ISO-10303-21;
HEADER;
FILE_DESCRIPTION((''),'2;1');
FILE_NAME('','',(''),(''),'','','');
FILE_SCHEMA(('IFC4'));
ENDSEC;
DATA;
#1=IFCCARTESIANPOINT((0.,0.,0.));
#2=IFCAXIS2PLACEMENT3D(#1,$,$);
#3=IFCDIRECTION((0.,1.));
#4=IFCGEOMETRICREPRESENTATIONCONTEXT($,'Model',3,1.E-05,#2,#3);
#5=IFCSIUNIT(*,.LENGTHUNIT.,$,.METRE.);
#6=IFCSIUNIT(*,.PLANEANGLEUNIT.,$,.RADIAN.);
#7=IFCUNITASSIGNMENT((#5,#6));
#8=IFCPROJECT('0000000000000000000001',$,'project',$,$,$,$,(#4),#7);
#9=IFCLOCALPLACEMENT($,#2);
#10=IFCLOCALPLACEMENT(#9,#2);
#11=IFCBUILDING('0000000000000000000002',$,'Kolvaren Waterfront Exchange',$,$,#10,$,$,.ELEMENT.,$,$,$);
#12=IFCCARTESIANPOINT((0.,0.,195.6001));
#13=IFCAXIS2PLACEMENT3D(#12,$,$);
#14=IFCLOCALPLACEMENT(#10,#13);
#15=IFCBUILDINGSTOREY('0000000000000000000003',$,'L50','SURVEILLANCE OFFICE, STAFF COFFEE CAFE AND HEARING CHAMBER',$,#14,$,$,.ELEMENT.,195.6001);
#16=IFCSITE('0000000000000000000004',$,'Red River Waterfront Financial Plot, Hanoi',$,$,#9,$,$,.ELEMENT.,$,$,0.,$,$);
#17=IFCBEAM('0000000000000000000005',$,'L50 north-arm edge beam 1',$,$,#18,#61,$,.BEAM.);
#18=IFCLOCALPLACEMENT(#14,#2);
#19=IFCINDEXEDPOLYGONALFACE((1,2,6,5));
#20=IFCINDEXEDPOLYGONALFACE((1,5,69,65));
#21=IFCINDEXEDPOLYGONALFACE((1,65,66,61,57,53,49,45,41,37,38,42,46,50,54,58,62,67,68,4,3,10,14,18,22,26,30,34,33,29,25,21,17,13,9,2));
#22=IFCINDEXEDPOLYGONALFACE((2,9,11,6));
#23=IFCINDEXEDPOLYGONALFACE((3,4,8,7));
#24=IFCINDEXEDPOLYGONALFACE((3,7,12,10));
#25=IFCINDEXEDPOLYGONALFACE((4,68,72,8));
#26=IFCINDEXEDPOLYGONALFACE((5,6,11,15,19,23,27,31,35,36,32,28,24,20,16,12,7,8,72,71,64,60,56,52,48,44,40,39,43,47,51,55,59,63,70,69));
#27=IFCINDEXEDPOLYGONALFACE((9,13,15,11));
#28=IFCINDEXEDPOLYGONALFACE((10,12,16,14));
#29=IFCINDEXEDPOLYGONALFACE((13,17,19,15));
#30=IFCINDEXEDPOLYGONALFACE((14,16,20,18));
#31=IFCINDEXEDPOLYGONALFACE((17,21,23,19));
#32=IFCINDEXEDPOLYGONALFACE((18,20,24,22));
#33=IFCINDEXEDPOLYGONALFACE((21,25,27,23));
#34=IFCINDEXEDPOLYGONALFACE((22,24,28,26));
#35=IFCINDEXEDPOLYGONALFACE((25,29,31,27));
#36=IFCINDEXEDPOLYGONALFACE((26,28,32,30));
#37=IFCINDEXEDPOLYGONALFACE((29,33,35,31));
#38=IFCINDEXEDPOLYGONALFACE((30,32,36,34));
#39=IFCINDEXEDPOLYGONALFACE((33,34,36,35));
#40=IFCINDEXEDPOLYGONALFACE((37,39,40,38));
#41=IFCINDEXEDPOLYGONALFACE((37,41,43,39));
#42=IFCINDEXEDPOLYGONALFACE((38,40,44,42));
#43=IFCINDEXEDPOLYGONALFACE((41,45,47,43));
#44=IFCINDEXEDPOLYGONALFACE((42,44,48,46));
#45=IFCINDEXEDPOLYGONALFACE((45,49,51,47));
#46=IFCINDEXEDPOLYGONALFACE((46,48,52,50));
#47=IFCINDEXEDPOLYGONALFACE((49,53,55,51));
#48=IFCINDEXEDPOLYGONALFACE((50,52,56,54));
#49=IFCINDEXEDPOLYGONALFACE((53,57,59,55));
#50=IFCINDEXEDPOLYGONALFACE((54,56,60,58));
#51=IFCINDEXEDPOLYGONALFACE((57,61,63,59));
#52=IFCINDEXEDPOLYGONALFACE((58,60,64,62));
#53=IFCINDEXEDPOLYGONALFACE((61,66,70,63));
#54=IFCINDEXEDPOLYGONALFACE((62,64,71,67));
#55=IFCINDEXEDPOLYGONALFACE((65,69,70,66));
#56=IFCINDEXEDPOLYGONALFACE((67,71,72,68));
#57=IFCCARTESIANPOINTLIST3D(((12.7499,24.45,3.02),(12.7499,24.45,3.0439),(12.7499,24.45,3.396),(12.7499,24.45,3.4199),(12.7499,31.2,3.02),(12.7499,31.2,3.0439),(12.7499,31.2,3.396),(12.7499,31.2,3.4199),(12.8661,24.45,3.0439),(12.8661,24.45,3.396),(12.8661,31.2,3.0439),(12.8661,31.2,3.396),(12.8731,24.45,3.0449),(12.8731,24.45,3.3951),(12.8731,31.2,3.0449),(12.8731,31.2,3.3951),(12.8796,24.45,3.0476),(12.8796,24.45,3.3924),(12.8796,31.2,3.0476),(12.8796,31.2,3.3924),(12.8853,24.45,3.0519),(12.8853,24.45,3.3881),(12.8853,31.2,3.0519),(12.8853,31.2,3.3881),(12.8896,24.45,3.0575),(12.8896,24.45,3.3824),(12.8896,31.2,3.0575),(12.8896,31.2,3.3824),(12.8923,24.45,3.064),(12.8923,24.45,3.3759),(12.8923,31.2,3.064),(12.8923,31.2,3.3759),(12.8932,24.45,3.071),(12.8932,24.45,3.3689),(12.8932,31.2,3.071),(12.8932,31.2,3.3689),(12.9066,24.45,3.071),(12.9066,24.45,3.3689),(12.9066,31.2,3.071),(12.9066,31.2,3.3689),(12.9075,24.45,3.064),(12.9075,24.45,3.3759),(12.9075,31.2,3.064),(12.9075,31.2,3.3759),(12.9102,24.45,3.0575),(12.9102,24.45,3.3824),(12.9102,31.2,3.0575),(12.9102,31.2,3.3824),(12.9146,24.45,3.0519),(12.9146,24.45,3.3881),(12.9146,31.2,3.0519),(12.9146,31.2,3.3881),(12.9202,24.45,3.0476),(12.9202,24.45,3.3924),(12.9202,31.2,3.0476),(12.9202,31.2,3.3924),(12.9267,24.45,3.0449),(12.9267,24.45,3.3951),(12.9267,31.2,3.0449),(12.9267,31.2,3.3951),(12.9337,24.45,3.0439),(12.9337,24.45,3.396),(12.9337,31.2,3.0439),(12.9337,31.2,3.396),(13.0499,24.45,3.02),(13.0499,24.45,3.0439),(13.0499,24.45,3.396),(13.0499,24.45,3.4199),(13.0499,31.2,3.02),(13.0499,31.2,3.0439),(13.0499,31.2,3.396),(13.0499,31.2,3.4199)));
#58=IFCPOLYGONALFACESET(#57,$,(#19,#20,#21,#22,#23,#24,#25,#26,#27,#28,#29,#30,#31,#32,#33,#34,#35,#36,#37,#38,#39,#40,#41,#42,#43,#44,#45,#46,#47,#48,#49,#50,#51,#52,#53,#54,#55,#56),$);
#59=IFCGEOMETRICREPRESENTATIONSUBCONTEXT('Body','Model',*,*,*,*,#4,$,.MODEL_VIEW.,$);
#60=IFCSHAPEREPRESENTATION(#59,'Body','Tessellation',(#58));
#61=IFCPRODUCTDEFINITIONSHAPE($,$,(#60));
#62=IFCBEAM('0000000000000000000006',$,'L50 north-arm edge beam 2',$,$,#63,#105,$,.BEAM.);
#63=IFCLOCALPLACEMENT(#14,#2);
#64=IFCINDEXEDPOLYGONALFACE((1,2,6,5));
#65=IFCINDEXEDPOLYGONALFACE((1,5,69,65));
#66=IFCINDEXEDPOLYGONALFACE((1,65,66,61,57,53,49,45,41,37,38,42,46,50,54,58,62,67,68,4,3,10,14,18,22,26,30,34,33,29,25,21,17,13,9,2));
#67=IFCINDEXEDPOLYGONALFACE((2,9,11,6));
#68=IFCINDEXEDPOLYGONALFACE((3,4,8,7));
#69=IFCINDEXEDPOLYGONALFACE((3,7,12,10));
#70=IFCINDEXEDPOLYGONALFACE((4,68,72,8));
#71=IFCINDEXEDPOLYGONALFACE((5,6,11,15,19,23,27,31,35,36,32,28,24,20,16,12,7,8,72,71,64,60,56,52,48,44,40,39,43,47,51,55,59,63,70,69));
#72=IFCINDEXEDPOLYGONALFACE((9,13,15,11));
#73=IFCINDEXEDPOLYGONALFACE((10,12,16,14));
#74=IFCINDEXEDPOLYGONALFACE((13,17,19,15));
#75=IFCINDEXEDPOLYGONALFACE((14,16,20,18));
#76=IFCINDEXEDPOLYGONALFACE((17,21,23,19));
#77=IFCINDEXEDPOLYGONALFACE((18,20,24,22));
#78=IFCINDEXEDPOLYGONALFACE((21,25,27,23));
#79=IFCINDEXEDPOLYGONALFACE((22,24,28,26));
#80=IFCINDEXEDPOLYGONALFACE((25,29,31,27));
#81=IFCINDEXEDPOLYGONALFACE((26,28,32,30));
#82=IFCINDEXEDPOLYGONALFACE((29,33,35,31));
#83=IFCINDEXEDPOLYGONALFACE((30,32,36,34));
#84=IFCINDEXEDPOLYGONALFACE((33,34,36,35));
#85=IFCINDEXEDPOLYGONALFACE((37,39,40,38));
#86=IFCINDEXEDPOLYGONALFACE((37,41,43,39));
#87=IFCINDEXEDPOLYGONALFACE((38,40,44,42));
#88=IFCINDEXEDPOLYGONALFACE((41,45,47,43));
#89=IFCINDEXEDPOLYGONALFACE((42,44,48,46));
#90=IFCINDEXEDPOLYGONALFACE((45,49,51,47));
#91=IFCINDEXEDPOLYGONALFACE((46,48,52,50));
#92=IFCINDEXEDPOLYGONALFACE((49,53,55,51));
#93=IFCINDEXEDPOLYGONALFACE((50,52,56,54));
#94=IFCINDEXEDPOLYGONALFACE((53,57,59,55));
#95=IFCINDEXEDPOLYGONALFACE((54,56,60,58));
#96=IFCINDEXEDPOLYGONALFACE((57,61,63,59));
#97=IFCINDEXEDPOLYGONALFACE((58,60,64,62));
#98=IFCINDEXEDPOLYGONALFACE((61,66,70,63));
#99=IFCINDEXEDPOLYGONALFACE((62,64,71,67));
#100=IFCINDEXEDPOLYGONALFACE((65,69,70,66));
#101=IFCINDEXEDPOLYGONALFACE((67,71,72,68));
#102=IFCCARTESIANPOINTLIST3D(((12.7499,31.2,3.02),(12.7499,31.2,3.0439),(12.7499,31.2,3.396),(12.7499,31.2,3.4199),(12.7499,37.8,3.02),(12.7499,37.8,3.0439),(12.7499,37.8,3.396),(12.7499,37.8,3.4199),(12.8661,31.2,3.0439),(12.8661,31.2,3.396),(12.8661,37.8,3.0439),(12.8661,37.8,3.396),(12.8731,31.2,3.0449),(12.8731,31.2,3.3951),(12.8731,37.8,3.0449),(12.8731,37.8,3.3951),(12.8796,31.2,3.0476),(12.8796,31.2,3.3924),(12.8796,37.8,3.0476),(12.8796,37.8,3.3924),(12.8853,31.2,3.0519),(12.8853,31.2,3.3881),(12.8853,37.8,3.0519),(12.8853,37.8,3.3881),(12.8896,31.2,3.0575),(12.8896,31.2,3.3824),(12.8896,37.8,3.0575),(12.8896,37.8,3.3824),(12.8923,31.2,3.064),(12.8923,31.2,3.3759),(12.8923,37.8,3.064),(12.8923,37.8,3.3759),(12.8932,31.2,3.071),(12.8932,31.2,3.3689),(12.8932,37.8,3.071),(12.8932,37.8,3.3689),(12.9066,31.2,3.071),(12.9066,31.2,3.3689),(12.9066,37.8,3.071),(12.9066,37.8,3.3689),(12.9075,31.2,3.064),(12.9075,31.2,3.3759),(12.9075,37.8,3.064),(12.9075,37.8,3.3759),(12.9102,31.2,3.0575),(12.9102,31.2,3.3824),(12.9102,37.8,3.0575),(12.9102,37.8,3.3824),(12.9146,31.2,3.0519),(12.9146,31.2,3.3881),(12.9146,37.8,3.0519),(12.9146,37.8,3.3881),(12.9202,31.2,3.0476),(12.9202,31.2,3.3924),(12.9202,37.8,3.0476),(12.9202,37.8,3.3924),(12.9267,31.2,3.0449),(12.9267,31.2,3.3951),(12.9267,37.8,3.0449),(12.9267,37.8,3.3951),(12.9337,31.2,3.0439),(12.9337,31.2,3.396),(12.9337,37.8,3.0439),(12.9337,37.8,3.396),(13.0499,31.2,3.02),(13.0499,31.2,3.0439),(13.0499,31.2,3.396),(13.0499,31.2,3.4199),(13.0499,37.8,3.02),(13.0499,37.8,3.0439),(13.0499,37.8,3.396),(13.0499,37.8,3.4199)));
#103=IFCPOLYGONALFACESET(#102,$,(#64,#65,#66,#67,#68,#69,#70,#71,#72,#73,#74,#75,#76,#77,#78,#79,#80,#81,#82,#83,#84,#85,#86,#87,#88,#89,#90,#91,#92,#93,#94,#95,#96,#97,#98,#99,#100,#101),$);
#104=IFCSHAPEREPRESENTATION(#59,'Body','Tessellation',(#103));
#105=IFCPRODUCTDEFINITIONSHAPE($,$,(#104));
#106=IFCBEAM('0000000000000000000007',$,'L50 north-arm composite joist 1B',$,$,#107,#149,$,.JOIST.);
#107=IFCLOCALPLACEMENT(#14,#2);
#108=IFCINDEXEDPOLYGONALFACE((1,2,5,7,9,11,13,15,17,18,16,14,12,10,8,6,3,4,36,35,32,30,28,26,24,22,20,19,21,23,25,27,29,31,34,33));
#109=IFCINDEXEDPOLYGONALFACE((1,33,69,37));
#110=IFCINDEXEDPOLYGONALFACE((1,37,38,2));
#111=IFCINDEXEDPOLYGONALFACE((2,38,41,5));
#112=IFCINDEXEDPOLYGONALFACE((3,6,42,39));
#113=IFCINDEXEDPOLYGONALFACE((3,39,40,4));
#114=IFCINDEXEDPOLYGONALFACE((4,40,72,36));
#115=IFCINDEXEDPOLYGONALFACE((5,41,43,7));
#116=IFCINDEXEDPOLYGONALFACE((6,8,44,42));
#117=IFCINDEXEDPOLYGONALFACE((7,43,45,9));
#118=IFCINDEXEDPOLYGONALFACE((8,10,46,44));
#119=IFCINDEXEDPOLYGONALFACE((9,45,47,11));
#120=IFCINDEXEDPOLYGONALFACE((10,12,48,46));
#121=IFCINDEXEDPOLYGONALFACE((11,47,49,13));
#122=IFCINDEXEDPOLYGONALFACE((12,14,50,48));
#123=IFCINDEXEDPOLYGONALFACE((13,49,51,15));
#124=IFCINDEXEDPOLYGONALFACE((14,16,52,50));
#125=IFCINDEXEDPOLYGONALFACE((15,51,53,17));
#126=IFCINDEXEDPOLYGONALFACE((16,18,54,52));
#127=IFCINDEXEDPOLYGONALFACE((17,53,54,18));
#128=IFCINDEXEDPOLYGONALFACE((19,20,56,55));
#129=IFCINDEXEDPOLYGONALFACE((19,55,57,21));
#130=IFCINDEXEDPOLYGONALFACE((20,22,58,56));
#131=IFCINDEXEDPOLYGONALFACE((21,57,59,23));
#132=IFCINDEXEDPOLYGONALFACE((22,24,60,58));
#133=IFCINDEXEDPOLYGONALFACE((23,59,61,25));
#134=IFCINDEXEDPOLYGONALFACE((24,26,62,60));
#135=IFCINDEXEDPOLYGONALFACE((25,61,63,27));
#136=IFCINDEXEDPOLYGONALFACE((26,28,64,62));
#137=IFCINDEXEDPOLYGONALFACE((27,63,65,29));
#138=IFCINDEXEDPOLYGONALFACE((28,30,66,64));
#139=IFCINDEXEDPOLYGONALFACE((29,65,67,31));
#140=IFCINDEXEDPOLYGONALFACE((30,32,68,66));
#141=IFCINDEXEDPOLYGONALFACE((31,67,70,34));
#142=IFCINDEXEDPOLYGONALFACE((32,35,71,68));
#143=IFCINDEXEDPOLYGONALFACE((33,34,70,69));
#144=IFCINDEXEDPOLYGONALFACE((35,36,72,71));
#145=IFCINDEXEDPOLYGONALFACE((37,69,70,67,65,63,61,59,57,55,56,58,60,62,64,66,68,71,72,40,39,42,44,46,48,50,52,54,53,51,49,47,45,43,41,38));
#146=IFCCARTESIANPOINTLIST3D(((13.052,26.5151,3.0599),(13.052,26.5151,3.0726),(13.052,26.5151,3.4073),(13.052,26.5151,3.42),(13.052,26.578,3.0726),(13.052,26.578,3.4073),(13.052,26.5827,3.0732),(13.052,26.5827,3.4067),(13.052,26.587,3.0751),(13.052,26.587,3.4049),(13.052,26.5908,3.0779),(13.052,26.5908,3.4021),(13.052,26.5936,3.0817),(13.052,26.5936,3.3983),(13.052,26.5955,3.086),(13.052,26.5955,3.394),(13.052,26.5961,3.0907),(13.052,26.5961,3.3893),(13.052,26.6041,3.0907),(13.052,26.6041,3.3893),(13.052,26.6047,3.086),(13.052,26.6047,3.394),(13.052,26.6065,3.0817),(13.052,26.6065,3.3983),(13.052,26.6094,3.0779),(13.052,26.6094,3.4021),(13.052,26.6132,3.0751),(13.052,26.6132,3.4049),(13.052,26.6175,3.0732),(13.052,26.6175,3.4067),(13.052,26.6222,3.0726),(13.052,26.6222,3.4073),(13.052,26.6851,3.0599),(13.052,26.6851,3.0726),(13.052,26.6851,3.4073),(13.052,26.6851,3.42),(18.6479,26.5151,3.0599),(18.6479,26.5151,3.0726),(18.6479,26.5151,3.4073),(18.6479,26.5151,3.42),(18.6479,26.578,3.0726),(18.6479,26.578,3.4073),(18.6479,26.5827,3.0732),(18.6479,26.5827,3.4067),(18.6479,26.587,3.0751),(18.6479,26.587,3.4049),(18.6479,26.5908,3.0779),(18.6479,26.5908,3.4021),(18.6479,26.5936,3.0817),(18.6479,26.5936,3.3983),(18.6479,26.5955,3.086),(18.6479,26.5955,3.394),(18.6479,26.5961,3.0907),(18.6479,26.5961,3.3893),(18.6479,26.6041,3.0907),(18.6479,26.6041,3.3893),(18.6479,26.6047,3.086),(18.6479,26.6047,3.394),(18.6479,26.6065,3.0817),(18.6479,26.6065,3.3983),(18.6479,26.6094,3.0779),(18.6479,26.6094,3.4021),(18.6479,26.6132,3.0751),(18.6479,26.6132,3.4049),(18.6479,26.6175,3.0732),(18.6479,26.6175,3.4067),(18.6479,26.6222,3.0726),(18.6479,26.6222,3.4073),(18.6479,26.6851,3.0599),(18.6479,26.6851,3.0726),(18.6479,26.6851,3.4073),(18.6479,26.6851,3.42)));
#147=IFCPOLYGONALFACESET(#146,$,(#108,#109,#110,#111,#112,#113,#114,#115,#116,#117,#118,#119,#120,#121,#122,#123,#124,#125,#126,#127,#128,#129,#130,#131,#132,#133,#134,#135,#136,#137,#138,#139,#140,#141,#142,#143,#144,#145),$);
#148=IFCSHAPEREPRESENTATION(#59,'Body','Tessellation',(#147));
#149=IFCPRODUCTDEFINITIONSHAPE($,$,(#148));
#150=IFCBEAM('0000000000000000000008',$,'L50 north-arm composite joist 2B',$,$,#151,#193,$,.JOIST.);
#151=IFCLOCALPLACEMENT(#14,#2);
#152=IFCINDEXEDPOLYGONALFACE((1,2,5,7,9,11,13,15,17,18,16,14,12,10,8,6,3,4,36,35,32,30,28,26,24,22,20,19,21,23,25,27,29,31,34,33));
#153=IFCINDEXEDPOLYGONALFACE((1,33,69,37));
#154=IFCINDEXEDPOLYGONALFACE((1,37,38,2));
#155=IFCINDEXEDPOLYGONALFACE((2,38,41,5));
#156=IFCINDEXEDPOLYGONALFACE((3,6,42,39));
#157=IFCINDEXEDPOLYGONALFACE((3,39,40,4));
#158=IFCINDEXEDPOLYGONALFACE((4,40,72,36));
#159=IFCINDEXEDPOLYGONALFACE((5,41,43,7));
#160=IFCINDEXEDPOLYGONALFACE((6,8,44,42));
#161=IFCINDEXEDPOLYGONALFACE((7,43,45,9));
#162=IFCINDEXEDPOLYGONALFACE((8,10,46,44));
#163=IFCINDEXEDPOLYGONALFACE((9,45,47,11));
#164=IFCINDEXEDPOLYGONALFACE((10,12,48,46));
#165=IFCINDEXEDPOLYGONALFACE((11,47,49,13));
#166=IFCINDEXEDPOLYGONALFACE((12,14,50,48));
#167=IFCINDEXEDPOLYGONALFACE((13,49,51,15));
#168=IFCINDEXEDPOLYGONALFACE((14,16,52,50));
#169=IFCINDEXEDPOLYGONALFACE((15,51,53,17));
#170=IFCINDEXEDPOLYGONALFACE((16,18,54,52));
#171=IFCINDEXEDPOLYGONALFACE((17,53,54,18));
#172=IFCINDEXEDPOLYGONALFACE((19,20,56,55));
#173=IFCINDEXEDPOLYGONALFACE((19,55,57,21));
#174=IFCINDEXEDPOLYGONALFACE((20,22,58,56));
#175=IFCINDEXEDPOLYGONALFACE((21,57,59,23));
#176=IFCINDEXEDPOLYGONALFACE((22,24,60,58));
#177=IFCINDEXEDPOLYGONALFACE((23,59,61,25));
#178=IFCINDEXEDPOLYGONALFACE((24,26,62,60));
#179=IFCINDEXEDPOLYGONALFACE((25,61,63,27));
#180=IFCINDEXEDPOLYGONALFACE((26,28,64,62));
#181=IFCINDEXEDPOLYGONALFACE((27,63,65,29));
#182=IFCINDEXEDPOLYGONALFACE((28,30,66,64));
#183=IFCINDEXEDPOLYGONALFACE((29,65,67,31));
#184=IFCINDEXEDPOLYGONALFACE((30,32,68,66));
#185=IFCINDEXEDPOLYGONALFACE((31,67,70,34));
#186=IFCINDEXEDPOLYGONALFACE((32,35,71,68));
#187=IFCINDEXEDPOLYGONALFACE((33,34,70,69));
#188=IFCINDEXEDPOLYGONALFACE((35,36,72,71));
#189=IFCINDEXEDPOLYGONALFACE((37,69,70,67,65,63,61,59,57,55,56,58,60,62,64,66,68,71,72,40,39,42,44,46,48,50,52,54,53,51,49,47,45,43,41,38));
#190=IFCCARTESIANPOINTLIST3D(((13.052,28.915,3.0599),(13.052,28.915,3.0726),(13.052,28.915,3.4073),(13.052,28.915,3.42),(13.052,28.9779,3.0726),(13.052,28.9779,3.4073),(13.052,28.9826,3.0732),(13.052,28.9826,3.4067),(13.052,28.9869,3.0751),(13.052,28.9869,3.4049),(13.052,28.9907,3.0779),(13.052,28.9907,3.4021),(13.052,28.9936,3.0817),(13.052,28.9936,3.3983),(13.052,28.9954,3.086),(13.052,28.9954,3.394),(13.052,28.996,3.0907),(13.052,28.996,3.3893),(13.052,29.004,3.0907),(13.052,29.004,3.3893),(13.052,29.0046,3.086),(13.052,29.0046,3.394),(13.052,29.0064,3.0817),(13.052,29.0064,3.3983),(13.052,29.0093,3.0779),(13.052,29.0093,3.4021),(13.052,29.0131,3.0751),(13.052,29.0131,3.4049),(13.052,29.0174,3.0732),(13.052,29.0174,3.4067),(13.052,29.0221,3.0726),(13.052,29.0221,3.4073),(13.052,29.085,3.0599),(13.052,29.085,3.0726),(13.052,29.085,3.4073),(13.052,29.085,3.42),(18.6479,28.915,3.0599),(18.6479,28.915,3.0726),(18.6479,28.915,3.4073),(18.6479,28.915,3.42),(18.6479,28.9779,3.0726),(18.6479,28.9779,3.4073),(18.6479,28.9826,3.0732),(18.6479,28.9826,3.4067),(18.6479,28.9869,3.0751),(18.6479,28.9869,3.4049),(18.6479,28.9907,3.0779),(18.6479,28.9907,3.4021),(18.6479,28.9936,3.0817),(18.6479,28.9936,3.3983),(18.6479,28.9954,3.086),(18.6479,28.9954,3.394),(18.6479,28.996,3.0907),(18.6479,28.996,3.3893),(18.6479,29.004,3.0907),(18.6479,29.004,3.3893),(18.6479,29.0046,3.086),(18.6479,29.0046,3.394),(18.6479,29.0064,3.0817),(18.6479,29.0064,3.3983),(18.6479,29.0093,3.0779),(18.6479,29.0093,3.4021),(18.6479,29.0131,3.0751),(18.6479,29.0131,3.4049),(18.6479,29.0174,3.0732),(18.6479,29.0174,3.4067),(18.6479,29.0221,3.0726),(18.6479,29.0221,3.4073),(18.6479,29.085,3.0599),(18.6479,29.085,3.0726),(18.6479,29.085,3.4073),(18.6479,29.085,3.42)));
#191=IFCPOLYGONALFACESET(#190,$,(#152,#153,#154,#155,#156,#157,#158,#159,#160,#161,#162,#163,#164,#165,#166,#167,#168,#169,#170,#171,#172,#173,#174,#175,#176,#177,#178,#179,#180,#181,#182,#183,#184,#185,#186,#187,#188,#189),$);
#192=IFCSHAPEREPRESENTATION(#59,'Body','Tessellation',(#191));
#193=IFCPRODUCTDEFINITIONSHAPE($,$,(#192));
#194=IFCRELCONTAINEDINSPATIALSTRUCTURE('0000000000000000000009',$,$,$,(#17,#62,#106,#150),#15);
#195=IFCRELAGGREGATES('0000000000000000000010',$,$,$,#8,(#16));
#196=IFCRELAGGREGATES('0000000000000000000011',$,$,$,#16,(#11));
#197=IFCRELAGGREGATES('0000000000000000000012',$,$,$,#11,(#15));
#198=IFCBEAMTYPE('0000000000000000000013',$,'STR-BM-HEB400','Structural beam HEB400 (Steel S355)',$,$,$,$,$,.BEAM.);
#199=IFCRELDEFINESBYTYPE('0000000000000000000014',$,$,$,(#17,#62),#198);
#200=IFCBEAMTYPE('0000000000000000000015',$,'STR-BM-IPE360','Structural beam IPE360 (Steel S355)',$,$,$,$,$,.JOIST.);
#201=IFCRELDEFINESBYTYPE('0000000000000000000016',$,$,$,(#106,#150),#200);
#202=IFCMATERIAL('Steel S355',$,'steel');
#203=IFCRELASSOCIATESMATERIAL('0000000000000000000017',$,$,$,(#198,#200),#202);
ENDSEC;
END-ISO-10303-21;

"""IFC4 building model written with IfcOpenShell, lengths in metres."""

from ifc_helpers import new_model, si_unit, direction, frame, origin, origin_2d, place, context, subcontext, project, spatial, i_section, extrude, material, material_profile, profile_set, type_object, element, save


model = new_model("IFC4")

# Units and contexts
model_context = context("Model", 3, precision=1e-05, world=origin(), true_north=direction((0.0, 1.0)))
body_context = subcontext(model_context, "Body", "Model", "MODEL_VIEW")
ifc_project = project(units=[si_unit("LENGTHUNIT", "METRE"), si_unit("PLANEANGLEUNIT", "RADIAN")], contexts=[model_context])

# Site, building, storey
site_placement = place(None, origin())
site = spatial("IfcSite", under=ifc_project, at=site_placement, Name="Red River Waterfront Financial Plot, Hanoi", CompositionType="ELEMENT", RefElevation=0.0)
building_placement = place(site_placement, origin())
building = spatial("IfcBuilding", under=site, at=building_placement, Name="Kolvaren Waterfront Exchange", CompositionType="ELEMENT")
storey_placement = place(building_placement, frame((0.0, 0.0, 195.6001)))
storey = spatial("IfcBuildingStorey", under=building, at=storey_placement, Name="L50", Description="SURVEILLANCE OFFICE, STAFF COFFEE CAFE AND HEARING CHAMBER", CompositionType="ELEMENT", Elevation=195.6001)

# Beams
ifc_material_1 = material(Name="Steel S355", Category="steel")
ifc_material_profile_1 = material_profile(ifc_material_1, i_section(OverallWidth=0.3, OverallDepth=0.3999, WebThickness=0.0134, FlangeThickness=0.0239, FilletRadius=0.0271, at=origin_2d()), Name="HEB400")
ifc_profile_set_1 = profile_set([ifc_material_profile_1], Name="Steel S355")
beam_type_1 = type_object("IfcBeamType", Name="STR-BM-HEB400", Description="Structural beam HEB400 (Steel S355)", PredefinedType="BEAM", material=ifc_profile_set_1)
beam_1_placement = place(storey_placement, frame((12.8999, 24.45, 3.22), z_axis=(0.0, 1.0, 0.0), x_axis=(-1.0, 0.0, 0.0)))
element("IfcBeam", 1, at=beam_1_placement, inside=storey, type_object=beam_type_1, Name="L50 north-arm edge beam 1", PredefinedType="BEAM", context=body_context, shape_type="SweptSolid", body=[
    extrude(i_section(OverallWidth=0.3, OverallDepth=0.3999, WebThickness=0.0134, FlangeThickness=0.0239, FilletRadius=0.0271, at=origin_2d()), origin(), (0.0, 0.0, 1.0), 6.75),
])
beam_2_placement = place(storey_placement, frame((12.8999, 31.2, 3.22), z_axis=(0.0, 1.0, 0.0), x_axis=(-1.0, 0.0, 0.0)))
element("IfcBeam", 2, at=beam_2_placement, inside=storey, type_object=beam_type_1, Name="L50 north-arm edge beam 2", PredefinedType="BEAM", context=body_context, shape_type="SweptSolid", body=[
    extrude(i_section(OverallWidth=0.3, OverallDepth=0.3999, WebThickness=0.0134, FlangeThickness=0.0239, FilletRadius=0.0271, at=origin_2d()), origin(), (0.0, 0.0, 1.0), 6.6001),
])
ifc_material_profile_2 = material_profile(ifc_material_1, i_section(OverallWidth=0.1699, OverallDepth=0.3601, WebThickness=0.0081, FlangeThickness=0.0127, FilletRadius=0.0181, at=origin_2d()), Name="IPE360")
ifc_profile_set_2 = profile_set([ifc_material_profile_2], Name="Steel S355")
beam_type_2 = type_object("IfcBeamType", Name="STR-BM-IPE360", Description="Structural beam IPE360 (Steel S355)", PredefinedType="JOIST", material=ifc_profile_set_2)
for number, where, z_axis, x_axis, name in (
    (3, (13.052, 26.6001, 3.24), (1.0, 0.0, 0.0), (0.0, 1.0, 0.0), "L50 north-arm composite joist 1B"),
    (4, (13.052, 29.0, 3.24), (1.0, 0.0, 0.0), (0.0, 1.0, 0.0), "L50 north-arm composite joist 2B"),
):
    element("IfcBeam", number, at=place(storey_placement, frame(where, z_axis=z_axis, x_axis=x_axis)), inside=storey, type_object=beam_type_2, Name=name, PredefinedType="JOIST", context=body_context, shape_type="SweptSolid", body=[
        extrude(i_section(OverallWidth=0.1699, OverallDepth=0.3601, WebThickness=0.0081, FlangeThickness=0.0127, FilletRadius=0.0181, at=origin_2d()), origin(), (0.0, 0.0, 1.0), 5.5959),
    ])

save(model, "model.ifc")
